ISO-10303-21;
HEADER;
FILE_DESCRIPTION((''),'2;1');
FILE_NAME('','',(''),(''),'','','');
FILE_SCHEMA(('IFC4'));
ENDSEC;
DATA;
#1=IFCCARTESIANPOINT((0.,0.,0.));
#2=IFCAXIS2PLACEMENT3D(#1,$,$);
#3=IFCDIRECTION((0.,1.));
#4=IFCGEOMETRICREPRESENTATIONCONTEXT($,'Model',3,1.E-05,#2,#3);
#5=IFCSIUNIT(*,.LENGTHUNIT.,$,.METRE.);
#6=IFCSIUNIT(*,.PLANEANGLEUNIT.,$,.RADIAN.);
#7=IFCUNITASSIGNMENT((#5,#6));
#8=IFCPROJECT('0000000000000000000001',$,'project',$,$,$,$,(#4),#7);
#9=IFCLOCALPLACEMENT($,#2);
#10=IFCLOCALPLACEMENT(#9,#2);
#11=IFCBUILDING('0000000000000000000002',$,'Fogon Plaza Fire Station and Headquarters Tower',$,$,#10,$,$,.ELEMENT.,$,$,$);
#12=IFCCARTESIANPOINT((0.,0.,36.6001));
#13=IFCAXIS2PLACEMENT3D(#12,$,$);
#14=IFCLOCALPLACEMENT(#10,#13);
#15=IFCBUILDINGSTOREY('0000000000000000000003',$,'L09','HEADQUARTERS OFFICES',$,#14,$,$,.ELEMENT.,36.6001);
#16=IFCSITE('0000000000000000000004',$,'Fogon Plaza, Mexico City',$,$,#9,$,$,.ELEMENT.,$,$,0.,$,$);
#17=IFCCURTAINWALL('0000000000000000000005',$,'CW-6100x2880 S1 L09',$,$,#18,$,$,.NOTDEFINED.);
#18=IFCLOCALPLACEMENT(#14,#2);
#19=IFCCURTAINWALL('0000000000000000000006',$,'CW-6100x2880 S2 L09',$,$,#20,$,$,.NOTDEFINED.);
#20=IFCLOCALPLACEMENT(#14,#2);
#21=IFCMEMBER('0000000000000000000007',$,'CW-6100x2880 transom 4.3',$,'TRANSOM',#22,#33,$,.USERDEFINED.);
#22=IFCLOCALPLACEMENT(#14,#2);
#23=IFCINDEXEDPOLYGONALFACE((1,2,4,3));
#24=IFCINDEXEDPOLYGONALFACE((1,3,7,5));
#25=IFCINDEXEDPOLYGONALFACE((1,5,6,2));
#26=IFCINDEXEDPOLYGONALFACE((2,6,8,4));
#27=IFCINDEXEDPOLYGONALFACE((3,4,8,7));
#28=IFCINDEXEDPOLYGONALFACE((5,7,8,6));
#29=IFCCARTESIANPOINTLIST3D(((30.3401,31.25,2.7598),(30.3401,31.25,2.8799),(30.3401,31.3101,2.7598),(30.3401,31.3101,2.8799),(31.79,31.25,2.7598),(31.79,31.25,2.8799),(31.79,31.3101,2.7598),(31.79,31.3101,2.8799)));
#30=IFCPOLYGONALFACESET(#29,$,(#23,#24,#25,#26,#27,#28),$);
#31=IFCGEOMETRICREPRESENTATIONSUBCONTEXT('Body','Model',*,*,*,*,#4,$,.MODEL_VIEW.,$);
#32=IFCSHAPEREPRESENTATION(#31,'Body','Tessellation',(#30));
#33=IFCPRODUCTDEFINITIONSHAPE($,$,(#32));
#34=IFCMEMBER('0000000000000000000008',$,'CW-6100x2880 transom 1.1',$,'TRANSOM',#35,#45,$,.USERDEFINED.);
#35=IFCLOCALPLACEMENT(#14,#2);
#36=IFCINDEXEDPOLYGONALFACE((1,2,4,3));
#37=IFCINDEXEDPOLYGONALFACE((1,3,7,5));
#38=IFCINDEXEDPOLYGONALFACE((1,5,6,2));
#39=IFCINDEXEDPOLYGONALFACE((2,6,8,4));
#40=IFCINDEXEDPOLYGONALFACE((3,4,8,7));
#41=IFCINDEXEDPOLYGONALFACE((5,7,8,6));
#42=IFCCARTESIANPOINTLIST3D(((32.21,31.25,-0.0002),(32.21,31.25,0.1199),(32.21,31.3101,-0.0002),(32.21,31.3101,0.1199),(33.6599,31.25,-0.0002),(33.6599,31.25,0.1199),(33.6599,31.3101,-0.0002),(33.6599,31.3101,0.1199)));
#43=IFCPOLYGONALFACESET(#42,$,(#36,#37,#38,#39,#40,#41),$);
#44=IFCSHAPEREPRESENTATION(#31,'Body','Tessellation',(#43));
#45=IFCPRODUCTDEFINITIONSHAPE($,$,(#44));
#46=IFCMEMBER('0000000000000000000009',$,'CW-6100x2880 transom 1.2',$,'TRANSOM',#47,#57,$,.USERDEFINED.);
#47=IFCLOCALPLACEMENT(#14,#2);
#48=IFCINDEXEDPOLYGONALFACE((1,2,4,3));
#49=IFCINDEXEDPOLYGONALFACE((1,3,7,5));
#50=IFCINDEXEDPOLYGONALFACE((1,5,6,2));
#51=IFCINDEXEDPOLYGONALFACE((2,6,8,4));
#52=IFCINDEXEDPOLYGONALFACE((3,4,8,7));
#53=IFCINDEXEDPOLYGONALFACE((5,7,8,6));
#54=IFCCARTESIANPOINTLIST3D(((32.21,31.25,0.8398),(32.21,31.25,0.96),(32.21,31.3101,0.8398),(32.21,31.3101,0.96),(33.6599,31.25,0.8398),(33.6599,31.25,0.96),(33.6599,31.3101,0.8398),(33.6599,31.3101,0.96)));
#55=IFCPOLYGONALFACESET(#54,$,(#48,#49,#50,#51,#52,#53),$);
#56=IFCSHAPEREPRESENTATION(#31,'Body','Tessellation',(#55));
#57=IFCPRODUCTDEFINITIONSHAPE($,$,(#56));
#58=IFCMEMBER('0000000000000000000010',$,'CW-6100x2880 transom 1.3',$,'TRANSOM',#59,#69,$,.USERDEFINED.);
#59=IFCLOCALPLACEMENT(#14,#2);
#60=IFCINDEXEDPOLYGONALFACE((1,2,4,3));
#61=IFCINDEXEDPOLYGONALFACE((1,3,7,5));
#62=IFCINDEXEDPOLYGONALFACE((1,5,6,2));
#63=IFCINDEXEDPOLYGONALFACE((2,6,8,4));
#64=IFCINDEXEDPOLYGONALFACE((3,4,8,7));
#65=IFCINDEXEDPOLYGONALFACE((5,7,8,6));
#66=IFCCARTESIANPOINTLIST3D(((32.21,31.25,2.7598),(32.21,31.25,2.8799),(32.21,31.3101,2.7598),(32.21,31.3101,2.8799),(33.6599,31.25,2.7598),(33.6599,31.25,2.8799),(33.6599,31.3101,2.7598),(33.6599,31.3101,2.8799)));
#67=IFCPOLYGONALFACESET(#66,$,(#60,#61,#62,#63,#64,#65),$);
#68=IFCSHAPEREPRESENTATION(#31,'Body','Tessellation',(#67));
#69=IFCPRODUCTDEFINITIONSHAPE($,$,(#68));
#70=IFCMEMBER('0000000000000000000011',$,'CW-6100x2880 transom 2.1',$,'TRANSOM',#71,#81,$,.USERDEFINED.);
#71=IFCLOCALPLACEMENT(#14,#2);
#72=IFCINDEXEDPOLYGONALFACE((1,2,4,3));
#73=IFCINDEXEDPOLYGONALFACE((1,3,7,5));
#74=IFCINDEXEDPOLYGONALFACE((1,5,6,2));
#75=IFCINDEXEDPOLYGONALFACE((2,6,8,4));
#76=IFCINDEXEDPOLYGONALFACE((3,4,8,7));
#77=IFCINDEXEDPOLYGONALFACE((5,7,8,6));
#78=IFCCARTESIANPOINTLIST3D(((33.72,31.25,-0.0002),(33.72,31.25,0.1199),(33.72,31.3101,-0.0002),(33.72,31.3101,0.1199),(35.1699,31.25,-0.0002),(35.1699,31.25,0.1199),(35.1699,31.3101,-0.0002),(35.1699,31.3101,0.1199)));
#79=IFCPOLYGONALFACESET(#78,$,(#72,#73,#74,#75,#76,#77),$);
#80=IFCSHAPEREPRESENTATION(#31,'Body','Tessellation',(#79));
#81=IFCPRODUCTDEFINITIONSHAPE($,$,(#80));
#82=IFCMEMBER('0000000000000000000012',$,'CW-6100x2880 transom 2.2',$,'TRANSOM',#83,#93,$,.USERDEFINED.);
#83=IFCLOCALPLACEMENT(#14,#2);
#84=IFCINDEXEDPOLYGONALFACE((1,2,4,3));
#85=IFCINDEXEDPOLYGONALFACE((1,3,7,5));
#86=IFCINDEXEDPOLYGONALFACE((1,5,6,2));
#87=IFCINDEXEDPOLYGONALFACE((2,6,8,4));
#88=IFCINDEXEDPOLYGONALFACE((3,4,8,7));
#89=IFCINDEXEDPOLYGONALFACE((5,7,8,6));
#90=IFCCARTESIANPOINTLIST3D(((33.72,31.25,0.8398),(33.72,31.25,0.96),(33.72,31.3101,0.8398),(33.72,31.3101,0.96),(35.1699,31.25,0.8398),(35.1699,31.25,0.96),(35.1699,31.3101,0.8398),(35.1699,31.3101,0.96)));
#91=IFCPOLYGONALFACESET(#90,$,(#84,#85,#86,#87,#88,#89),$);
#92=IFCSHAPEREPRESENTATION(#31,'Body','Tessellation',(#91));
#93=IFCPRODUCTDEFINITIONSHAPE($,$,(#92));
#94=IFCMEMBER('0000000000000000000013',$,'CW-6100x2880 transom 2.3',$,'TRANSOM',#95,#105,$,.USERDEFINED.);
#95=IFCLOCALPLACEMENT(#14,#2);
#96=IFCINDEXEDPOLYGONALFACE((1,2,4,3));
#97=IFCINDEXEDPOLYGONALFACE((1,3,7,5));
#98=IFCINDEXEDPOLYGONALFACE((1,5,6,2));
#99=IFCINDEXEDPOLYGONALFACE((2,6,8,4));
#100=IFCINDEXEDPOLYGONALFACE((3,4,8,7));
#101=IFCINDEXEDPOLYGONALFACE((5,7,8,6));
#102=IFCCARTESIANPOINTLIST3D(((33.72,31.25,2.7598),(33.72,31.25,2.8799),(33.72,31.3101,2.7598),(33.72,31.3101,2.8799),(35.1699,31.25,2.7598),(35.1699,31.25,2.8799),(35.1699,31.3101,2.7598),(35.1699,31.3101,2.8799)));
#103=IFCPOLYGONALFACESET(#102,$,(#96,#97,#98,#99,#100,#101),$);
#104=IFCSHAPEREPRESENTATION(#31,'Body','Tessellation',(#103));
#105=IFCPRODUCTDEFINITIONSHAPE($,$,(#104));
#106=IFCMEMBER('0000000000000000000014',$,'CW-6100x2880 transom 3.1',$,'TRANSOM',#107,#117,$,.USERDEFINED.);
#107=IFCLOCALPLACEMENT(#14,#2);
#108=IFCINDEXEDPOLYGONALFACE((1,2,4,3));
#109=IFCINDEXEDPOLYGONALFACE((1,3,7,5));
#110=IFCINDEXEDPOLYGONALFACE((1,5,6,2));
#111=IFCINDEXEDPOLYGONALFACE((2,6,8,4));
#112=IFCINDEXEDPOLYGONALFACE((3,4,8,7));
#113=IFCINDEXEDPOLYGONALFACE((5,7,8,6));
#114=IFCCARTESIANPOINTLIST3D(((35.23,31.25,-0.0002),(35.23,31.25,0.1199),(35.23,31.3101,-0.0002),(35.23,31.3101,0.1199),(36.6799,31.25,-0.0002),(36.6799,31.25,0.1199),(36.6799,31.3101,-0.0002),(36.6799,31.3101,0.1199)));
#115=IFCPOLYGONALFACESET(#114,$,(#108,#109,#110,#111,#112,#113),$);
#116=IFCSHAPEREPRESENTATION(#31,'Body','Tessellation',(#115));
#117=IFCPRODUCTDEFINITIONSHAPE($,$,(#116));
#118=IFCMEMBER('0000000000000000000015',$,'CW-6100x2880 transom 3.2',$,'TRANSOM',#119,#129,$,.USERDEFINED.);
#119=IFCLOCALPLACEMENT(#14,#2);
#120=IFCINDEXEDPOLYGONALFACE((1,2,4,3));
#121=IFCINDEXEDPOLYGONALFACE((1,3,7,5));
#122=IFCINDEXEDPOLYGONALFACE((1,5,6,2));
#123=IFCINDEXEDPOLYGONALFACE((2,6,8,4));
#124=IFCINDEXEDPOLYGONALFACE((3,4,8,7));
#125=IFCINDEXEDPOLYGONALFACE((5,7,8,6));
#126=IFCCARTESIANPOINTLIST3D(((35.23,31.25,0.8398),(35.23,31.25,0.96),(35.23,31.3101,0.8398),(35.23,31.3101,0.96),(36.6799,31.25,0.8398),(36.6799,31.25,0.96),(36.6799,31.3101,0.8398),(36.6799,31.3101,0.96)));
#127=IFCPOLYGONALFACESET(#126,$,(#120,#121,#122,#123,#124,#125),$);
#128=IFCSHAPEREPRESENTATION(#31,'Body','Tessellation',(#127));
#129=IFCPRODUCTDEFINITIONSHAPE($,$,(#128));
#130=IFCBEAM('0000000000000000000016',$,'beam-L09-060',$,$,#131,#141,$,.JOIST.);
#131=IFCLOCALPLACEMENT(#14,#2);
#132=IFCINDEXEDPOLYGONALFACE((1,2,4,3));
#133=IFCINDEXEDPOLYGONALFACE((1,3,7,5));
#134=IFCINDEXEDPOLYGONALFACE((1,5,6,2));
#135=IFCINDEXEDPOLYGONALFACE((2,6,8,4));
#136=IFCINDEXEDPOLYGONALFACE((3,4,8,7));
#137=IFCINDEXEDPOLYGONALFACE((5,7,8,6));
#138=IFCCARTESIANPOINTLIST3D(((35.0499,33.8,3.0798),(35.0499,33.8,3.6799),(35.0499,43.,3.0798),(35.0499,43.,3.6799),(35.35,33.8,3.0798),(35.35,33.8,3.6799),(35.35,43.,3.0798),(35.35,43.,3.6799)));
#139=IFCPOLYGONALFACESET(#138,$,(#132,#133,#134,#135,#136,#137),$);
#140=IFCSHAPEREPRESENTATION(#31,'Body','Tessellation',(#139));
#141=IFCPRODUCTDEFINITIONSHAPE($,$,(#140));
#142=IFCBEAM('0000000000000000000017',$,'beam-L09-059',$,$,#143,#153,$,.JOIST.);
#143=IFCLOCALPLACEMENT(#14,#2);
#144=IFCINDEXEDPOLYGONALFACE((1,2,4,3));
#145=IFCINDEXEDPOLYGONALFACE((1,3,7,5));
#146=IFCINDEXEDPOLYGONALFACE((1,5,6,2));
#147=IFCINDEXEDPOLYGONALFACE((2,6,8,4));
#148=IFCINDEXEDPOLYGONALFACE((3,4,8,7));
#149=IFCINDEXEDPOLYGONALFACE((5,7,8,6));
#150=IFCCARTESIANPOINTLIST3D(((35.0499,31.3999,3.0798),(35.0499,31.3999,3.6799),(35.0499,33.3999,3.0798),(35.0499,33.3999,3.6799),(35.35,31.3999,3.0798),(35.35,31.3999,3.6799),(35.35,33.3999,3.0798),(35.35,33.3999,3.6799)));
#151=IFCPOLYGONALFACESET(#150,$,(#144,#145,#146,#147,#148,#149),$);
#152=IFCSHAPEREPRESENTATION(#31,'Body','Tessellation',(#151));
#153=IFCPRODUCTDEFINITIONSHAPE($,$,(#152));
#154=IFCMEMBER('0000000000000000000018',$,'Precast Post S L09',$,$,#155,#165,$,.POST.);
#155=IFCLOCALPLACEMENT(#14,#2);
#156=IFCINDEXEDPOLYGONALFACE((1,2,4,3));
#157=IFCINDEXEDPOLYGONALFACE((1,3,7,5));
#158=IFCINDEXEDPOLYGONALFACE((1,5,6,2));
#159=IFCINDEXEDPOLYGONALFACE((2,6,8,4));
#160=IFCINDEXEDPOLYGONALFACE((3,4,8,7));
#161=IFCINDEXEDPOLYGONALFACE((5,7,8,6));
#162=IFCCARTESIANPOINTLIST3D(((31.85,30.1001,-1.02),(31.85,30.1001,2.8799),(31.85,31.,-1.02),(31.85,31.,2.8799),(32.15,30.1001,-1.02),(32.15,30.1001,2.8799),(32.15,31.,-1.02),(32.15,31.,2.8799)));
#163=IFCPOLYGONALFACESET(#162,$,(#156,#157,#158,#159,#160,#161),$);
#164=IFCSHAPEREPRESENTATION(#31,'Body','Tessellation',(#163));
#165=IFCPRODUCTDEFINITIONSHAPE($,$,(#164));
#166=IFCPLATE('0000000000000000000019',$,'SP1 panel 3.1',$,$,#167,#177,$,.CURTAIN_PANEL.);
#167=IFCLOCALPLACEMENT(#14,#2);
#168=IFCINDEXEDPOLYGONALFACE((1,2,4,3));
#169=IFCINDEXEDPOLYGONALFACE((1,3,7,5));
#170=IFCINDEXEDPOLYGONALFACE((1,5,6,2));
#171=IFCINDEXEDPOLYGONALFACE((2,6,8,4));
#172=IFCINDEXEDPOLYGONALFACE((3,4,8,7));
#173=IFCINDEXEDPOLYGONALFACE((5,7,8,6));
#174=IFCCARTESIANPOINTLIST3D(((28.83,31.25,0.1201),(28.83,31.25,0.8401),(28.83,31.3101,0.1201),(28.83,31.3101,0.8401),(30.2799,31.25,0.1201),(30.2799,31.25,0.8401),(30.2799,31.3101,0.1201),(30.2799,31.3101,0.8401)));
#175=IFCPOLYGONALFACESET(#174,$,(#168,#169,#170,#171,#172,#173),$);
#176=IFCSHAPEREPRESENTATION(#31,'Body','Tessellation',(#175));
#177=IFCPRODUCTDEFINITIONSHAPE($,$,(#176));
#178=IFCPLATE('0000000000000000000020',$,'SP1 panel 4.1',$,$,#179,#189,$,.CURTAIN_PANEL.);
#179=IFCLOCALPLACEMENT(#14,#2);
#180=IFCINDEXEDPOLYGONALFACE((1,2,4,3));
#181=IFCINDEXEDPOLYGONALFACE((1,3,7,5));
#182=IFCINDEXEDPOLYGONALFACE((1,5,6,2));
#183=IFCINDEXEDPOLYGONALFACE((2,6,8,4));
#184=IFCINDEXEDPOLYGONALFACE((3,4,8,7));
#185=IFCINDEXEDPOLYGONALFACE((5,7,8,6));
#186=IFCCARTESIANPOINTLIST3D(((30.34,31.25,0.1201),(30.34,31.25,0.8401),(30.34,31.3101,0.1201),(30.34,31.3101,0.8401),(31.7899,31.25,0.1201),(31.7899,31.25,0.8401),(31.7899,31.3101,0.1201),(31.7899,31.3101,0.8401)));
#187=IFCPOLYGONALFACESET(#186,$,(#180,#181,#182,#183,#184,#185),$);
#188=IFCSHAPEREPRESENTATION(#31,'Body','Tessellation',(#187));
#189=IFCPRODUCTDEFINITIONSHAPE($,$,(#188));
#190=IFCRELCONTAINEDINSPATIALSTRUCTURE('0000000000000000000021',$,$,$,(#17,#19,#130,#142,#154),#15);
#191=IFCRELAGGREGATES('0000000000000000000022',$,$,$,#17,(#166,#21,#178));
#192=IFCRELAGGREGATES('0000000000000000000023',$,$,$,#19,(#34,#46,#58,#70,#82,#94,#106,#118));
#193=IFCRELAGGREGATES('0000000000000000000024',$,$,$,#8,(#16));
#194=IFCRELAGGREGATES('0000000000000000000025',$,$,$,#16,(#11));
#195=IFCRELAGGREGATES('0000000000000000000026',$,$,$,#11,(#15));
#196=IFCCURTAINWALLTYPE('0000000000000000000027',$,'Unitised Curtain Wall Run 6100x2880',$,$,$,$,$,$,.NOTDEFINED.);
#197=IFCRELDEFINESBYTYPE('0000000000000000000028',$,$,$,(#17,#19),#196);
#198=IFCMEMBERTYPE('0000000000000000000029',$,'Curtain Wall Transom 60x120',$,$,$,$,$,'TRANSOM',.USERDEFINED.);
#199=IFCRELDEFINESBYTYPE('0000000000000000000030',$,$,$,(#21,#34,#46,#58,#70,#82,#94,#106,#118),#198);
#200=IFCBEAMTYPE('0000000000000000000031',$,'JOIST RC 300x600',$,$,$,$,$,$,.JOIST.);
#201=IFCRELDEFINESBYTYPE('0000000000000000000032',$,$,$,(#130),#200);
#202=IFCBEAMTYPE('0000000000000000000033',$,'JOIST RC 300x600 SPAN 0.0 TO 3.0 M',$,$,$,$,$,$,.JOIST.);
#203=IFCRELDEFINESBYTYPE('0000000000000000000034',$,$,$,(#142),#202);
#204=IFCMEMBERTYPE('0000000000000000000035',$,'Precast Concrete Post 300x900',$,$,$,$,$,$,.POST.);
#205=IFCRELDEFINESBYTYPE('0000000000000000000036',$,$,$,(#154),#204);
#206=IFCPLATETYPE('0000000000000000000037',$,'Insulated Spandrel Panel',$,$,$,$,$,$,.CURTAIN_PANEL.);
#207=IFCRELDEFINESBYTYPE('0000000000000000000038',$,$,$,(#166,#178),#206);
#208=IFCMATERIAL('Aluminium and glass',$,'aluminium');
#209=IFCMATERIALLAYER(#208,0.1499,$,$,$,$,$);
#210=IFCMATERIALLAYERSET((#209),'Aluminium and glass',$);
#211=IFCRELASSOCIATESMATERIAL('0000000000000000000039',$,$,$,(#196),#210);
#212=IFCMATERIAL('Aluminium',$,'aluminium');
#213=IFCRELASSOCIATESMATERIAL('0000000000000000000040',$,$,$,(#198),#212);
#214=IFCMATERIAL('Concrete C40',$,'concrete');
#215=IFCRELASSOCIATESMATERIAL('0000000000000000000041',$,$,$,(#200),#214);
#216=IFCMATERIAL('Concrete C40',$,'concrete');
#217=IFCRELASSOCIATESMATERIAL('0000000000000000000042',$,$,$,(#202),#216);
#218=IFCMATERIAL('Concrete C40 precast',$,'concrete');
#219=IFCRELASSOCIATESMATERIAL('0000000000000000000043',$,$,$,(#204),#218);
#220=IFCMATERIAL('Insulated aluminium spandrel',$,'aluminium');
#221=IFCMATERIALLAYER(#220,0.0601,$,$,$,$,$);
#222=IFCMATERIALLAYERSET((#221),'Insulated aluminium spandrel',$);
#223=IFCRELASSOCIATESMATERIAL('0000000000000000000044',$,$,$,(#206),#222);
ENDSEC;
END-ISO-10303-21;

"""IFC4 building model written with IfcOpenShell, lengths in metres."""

from ifc_helpers import new_model, si_unit, direction, frame, origin, origin_2d, place, context, subcontext, project, spatial, rectangle, extrude, material, layer, layer_set, material_profile, profile_set, type_object, element, aggregate, save


model = new_model("IFC4")

# Units and contexts
model_context = context("Model", 3, precision=1e-05, world=origin(), true_north=direction((0.0, 1.0)))
body_context = subcontext(model_context, "Body", "Model", "MODEL_VIEW")
ifc_project = project(units=[si_unit("LENGTHUNIT", "METRE"), si_unit("PLANEANGLEUNIT", "RADIAN")], contexts=[model_context])

# Site, building, storey
site_placement = place(None, origin())
site = spatial("IfcSite", under=ifc_project, at=site_placement, Name="Fogon Plaza, Mexico City", CompositionType="ELEMENT", RefElevation=0.0)
building_placement = place(site_placement, origin())
building = spatial("IfcBuilding", under=site, at=building_placement, Name="Fogon Plaza Fire Station and Headquarters Tower", CompositionType="ELEMENT")
storey_placement = place(building_placement, frame((0.0, 0.0, 36.6001)))
storey = spatial("IfcBuildingStorey", under=building, at=storey_placement, Name="L09", Description="HEADQUARTERS OFFICES", CompositionType="ELEMENT", Elevation=36.6001)

# Curtain walls
ifc_material_1 = material(Name="Aluminium and glass", Category="aluminium")
ifc_layer_1 = layer(ifc_material_1, 0.1499)
ifc_layer_set_1 = layer_set([ifc_layer_1], Name="Aluminium and glass")
curtain_wall_type = type_object("IfcCurtainWallType", Name="Unitised Curtain Wall Run 6100x2880", PredefinedType="NOTDEFINED", material=ifc_layer_set_1)
curtain_wall_1_placement = place(storey_placement, origin())
curtain_wall_1 = element("IfcCurtainWall", 1, at=curtain_wall_1_placement, inside=storey, type_object=curtain_wall_type, Name="CW-6100x2880 S1 L09", PredefinedType="NOTDEFINED")
curtain_wall_2_placement = place(storey_placement, origin())
curtain_wall_2 = element("IfcCurtainWall", 2, at=curtain_wall_2_placement, inside=storey, type_object=curtain_wall_type, Name="CW-6100x2880 S2 L09", PredefinedType="NOTDEFINED")

# Members
ifc_material_2 = material(Name="Aluminium", Category="aluminium")
ifc_material_profile_1 = material_profile(ifc_material_2, rectangle(XDim=0.0601, YDim=0.1201, at=origin_2d()), Name="Curtain Wall Transom 60x120")
ifc_profile_set_1 = profile_set([ifc_material_profile_1], Name="Aluminium")
member_type_1 = type_object("IfcMemberType", Name="Curtain Wall Transom 60x120", ElementType="TRANSOM", PredefinedType="USERDEFINED", material=ifc_profile_set_1)
member_1_placement = place(storey_placement, frame((30.3401, 31.28, 2.8198), z_axis=(1.0, 0.0, 0.0), x_axis=(0.0, 1.0, 0.0)))
member_1 = element("IfcMember", 3, at=member_1_placement, type_object=member_type_1, Name="CW-6100x2880 transom 4.3", ObjectType="TRANSOM", PredefinedType="USERDEFINED", context=body_context, shape_type="SweptSolid", body=[
    extrude(rectangle(XDim=0.0601, YDim=0.1201, at=origin_2d()), origin(), (0.0, 0.0, 1.0), 1.45),
])
member_2_placement = place(storey_placement, frame((32.21, 31.28, 0.0598), z_axis=(1.0, 0.0, 0.0), x_axis=(0.0, 1.0, 0.0)))
member_2 = element("IfcMember", 4, at=member_2_placement, type_object=member_type_1, Name="CW-6100x2880 transom 1.1", ObjectType="TRANSOM", PredefinedType="USERDEFINED", context=body_context, shape_type="SweptSolid", body=[
    extrude(rectangle(XDim=0.0601, YDim=0.1201, at=origin_2d()), origin(), (0.0, 0.0, 1.0), 1.45),
])
member_3_placement = place(storey_placement, frame((32.21, 31.28, 0.8999), z_axis=(1.0, 0.0, 0.0), x_axis=(0.0, 1.0, 0.0)))
member_3 = element("IfcMember", 5, at=member_3_placement, type_object=member_type_1, Name="CW-6100x2880 transom 1.2", ObjectType="TRANSOM", PredefinedType="USERDEFINED", context=body_context, shape_type="SweptSolid", body=[
    extrude(rectangle(XDim=0.0601, YDim=0.1201, at=origin_2d()), origin(), (0.0, 0.0, 1.0), 1.45),
])
member_4_placement = place(storey_placement, frame((32.21, 31.28, 2.8198), z_axis=(1.0, 0.0, 0.0), x_axis=(0.0, 1.0, 0.0)))
member_4 = element("IfcMember", 6, at=member_4_placement, type_object=member_type_1, Name="CW-6100x2880 transom 1.3", ObjectType="TRANSOM", PredefinedType="USERDEFINED", context=body_context, shape_type="SweptSolid", body=[
    extrude(rectangle(XDim=0.0601, YDim=0.1201, at=origin_2d()), origin(), (0.0, 0.0, 1.0), 1.45),
])
member_5_placement = place(storey_placement, frame((33.72, 31.28, 0.0598), z_axis=(1.0, 0.0, 0.0), x_axis=(0.0, 1.0, 0.0)))
member_5 = element("IfcMember", 7, at=member_5_placement, type_object=member_type_1, Name="CW-6100x2880 transom 2.1", ObjectType="TRANSOM", PredefinedType="USERDEFINED", context=body_context, shape_type="SweptSolid", body=[
    extrude(rectangle(XDim=0.0601, YDim=0.1201, at=origin_2d()), origin(), (0.0, 0.0, 1.0), 1.45),
])
member_6_placement = place(storey_placement, frame((33.72, 31.28, 0.8999), z_axis=(1.0, 0.0, 0.0), x_axis=(0.0, 1.0, 0.0)))
member_6 = element("IfcMember", 8, at=member_6_placement, type_object=member_type_1, Name="CW-6100x2880 transom 2.2", ObjectType="TRANSOM", PredefinedType="USERDEFINED", context=body_context, shape_type="SweptSolid", body=[
    extrude(rectangle(XDim=0.0601, YDim=0.1201, at=origin_2d()), origin(), (0.0, 0.0, 1.0), 1.45),
])
member_7_placement = place(storey_placement, frame((33.72, 31.28, 2.8198), z_axis=(1.0, 0.0, 0.0), x_axis=(0.0, 1.0, 0.0)))
member_7 = element("IfcMember", 9, at=member_7_placement, type_object=member_type_1, Name="CW-6100x2880 transom 2.3", ObjectType="TRANSOM", PredefinedType="USERDEFINED", context=body_context, shape_type="SweptSolid", body=[
    extrude(rectangle(XDim=0.0601, YDim=0.1201, at=origin_2d()), origin(), (0.0, 0.0, 1.0), 1.45),
])
member_8_placement = place(storey_placement, frame((35.23, 31.28, 0.0598), z_axis=(1.0, 0.0, 0.0), x_axis=(0.0, 1.0, 0.0)))
member_8 = element("IfcMember", 10, at=member_8_placement, type_object=member_type_1, Name="CW-6100x2880 transom 3.1", ObjectType="TRANSOM", PredefinedType="USERDEFINED", context=body_context, shape_type="SweptSolid", body=[
    extrude(rectangle(XDim=0.0601, YDim=0.1201, at=origin_2d()), origin(), (0.0, 0.0, 1.0), 1.45),
])
member_9_placement = place(storey_placement, frame((35.23, 31.28, 0.8999), z_axis=(1.0, 0.0, 0.0), x_axis=(0.0, 1.0, 0.0)))
member_9 = element("IfcMember", 11, at=member_9_placement, type_object=member_type_1, Name="CW-6100x2880 transom 3.2", ObjectType="TRANSOM", PredefinedType="USERDEFINED", context=body_context, shape_type="SweptSolid", body=[
    extrude(rectangle(XDim=0.0601, YDim=0.1201, at=origin_2d()), origin(), (0.0, 0.0, 1.0), 1.45),
])

# Beams
ifc_material_3 = material(Name="Concrete C40", Category="concrete")
ifc_material_profile_2 = material_profile(ifc_material_3, rectangle(XDim=0.3, YDim=0.6001, at=origin_2d()), Name="RC 300x600")
ifc_profile_set_2 = profile_set([ifc_material_profile_2], Name="Concrete C40")
beam_type_1 = type_object("IfcBeamType", Name="JOIST RC 300x600", PredefinedType="JOIST", material=ifc_profile_set_2)
beam_1_placement = place(storey_placement, frame((35.2, 33.8, 3.3799), z_axis=(0.0, 1.0, 0.0), x_axis=(-1.0, 0.0, 0.0)))
element("IfcBeam", 12, at=beam_1_placement, inside=storey, type_object=beam_type_1, Name="beam-L09-060", PredefinedType="JOIST", context=body_context, shape_type="SweptSolid", body=[
    extrude(rectangle(XDim=0.3, YDim=0.6001, at=origin_2d()), origin(), (0.0, 0.0, 1.0), 9.2),
])
ifc_material_4 = material(Name="Concrete C40", Category="concrete")
ifc_material_profile_3 = material_profile(ifc_material_4, rectangle(XDim=0.3, YDim=0.6001, at=origin_2d()), Name="RC 300x600")
ifc_profile_set_3 = profile_set([ifc_material_profile_3], Name="Concrete C40")
beam_type_2 = type_object("IfcBeamType", Name="JOIST RC 300x600 SPAN 0.0 TO 3.0 M", PredefinedType="JOIST", material=ifc_profile_set_3)
beam_2_placement = place(storey_placement, frame((35.2, 31.3999, 3.3799), z_axis=(0.0, 1.0, 0.0), x_axis=(-1.0, 0.0, 0.0)))
element("IfcBeam", 13, at=beam_2_placement, inside=storey, type_object=beam_type_2, Name="beam-L09-059", PredefinedType="JOIST", context=body_context, shape_type="SweptSolid", body=[
    extrude(rectangle(XDim=0.3, YDim=0.6001, at=origin_2d()), origin(), (0.0, 0.0, 1.0), 2.0),
])

# Member
ifc_material_5 = material(Name="Concrete C40 precast", Category="concrete")
ifc_material_profile_4 = material_profile(ifc_material_5, rectangle(XDim=0.3, YDim=0.8999, at=origin_2d()), Name="Precast Concrete Post 300x900")
ifc_profile_set_4 = profile_set([ifc_material_profile_4], Name="Concrete C40 precast")
member_type_2 = type_object("IfcMemberType", Name="Precast Concrete Post 300x900", PredefinedType="POST", material=ifc_profile_set_4)
member_10_placement = place(storey_placement, frame((32.0, 30.55, -1.02), z_axis=(0.0, 0.0, 1.0), x_axis=(1.0, 0.0, 0.0)))
element("IfcMember", 14, at=member_10_placement, inside=storey, type_object=member_type_2, Name="Precast Post S L09", PredefinedType="POST", context=body_context, shape_type="SweptSolid", body=[
    extrude(rectangle(XDim=0.3, YDim=0.8999, at=origin_2d()), origin(), (0.0, 0.0, 1.0), 3.8999),
])

# Plates
ifc_material_6 = material(Name="Insulated aluminium spandrel", Category="aluminium")
ifc_layer_2 = layer(ifc_material_6, 0.0601)
ifc_layer_set_2 = layer_set([ifc_layer_2], Name="Insulated aluminium spandrel")
plate_type_1 = type_object("IfcPlateType", Name="Insulated Spandrel Panel", PredefinedType="CURTAIN_PANEL", material=ifc_layer_set_2)
plate_1_placement = place(storey_placement, frame((29.5549, 31.28, 0.1201), z_axis=(0.0, 0.0, 1.0), x_axis=(1.0, 0.0, 0.0)))
plate_1 = element("IfcPlate", 15, at=plate_1_placement, type_object=plate_type_1, Name="SP1 panel 3.1", PredefinedType="CURTAIN_PANEL", context=body_context, shape_type="SweptSolid", body=[
    extrude(rectangle(XDim=1.45, YDim=0.0601, at=origin_2d()), origin(), (0.0, 0.0, 1.0), 0.72),
])
plate_2_placement = place(storey_placement, frame((31.0649, 31.28, 0.1201), z_axis=(0.0, 0.0, 1.0), x_axis=(1.0, 0.0, 0.0)))
plate_2 = element("IfcPlate", 16, at=plate_2_placement, type_object=plate_type_1, Name="SP1 panel 4.1", PredefinedType="CURTAIN_PANEL", context=body_context, shape_type="SweptSolid", body=[
    extrude(rectangle(XDim=1.45, YDim=0.0601, at=origin_2d()), origin(), (0.0, 0.0, 1.0), 0.72),
])
aggregate(curtain_wall_1, [plate_1, member_1, plate_2])
aggregate(curtain_wall_2, [member_2, member_3, member_4, member_5, member_6, member_7, member_8, member_9])

save(model, "model.ifc")
